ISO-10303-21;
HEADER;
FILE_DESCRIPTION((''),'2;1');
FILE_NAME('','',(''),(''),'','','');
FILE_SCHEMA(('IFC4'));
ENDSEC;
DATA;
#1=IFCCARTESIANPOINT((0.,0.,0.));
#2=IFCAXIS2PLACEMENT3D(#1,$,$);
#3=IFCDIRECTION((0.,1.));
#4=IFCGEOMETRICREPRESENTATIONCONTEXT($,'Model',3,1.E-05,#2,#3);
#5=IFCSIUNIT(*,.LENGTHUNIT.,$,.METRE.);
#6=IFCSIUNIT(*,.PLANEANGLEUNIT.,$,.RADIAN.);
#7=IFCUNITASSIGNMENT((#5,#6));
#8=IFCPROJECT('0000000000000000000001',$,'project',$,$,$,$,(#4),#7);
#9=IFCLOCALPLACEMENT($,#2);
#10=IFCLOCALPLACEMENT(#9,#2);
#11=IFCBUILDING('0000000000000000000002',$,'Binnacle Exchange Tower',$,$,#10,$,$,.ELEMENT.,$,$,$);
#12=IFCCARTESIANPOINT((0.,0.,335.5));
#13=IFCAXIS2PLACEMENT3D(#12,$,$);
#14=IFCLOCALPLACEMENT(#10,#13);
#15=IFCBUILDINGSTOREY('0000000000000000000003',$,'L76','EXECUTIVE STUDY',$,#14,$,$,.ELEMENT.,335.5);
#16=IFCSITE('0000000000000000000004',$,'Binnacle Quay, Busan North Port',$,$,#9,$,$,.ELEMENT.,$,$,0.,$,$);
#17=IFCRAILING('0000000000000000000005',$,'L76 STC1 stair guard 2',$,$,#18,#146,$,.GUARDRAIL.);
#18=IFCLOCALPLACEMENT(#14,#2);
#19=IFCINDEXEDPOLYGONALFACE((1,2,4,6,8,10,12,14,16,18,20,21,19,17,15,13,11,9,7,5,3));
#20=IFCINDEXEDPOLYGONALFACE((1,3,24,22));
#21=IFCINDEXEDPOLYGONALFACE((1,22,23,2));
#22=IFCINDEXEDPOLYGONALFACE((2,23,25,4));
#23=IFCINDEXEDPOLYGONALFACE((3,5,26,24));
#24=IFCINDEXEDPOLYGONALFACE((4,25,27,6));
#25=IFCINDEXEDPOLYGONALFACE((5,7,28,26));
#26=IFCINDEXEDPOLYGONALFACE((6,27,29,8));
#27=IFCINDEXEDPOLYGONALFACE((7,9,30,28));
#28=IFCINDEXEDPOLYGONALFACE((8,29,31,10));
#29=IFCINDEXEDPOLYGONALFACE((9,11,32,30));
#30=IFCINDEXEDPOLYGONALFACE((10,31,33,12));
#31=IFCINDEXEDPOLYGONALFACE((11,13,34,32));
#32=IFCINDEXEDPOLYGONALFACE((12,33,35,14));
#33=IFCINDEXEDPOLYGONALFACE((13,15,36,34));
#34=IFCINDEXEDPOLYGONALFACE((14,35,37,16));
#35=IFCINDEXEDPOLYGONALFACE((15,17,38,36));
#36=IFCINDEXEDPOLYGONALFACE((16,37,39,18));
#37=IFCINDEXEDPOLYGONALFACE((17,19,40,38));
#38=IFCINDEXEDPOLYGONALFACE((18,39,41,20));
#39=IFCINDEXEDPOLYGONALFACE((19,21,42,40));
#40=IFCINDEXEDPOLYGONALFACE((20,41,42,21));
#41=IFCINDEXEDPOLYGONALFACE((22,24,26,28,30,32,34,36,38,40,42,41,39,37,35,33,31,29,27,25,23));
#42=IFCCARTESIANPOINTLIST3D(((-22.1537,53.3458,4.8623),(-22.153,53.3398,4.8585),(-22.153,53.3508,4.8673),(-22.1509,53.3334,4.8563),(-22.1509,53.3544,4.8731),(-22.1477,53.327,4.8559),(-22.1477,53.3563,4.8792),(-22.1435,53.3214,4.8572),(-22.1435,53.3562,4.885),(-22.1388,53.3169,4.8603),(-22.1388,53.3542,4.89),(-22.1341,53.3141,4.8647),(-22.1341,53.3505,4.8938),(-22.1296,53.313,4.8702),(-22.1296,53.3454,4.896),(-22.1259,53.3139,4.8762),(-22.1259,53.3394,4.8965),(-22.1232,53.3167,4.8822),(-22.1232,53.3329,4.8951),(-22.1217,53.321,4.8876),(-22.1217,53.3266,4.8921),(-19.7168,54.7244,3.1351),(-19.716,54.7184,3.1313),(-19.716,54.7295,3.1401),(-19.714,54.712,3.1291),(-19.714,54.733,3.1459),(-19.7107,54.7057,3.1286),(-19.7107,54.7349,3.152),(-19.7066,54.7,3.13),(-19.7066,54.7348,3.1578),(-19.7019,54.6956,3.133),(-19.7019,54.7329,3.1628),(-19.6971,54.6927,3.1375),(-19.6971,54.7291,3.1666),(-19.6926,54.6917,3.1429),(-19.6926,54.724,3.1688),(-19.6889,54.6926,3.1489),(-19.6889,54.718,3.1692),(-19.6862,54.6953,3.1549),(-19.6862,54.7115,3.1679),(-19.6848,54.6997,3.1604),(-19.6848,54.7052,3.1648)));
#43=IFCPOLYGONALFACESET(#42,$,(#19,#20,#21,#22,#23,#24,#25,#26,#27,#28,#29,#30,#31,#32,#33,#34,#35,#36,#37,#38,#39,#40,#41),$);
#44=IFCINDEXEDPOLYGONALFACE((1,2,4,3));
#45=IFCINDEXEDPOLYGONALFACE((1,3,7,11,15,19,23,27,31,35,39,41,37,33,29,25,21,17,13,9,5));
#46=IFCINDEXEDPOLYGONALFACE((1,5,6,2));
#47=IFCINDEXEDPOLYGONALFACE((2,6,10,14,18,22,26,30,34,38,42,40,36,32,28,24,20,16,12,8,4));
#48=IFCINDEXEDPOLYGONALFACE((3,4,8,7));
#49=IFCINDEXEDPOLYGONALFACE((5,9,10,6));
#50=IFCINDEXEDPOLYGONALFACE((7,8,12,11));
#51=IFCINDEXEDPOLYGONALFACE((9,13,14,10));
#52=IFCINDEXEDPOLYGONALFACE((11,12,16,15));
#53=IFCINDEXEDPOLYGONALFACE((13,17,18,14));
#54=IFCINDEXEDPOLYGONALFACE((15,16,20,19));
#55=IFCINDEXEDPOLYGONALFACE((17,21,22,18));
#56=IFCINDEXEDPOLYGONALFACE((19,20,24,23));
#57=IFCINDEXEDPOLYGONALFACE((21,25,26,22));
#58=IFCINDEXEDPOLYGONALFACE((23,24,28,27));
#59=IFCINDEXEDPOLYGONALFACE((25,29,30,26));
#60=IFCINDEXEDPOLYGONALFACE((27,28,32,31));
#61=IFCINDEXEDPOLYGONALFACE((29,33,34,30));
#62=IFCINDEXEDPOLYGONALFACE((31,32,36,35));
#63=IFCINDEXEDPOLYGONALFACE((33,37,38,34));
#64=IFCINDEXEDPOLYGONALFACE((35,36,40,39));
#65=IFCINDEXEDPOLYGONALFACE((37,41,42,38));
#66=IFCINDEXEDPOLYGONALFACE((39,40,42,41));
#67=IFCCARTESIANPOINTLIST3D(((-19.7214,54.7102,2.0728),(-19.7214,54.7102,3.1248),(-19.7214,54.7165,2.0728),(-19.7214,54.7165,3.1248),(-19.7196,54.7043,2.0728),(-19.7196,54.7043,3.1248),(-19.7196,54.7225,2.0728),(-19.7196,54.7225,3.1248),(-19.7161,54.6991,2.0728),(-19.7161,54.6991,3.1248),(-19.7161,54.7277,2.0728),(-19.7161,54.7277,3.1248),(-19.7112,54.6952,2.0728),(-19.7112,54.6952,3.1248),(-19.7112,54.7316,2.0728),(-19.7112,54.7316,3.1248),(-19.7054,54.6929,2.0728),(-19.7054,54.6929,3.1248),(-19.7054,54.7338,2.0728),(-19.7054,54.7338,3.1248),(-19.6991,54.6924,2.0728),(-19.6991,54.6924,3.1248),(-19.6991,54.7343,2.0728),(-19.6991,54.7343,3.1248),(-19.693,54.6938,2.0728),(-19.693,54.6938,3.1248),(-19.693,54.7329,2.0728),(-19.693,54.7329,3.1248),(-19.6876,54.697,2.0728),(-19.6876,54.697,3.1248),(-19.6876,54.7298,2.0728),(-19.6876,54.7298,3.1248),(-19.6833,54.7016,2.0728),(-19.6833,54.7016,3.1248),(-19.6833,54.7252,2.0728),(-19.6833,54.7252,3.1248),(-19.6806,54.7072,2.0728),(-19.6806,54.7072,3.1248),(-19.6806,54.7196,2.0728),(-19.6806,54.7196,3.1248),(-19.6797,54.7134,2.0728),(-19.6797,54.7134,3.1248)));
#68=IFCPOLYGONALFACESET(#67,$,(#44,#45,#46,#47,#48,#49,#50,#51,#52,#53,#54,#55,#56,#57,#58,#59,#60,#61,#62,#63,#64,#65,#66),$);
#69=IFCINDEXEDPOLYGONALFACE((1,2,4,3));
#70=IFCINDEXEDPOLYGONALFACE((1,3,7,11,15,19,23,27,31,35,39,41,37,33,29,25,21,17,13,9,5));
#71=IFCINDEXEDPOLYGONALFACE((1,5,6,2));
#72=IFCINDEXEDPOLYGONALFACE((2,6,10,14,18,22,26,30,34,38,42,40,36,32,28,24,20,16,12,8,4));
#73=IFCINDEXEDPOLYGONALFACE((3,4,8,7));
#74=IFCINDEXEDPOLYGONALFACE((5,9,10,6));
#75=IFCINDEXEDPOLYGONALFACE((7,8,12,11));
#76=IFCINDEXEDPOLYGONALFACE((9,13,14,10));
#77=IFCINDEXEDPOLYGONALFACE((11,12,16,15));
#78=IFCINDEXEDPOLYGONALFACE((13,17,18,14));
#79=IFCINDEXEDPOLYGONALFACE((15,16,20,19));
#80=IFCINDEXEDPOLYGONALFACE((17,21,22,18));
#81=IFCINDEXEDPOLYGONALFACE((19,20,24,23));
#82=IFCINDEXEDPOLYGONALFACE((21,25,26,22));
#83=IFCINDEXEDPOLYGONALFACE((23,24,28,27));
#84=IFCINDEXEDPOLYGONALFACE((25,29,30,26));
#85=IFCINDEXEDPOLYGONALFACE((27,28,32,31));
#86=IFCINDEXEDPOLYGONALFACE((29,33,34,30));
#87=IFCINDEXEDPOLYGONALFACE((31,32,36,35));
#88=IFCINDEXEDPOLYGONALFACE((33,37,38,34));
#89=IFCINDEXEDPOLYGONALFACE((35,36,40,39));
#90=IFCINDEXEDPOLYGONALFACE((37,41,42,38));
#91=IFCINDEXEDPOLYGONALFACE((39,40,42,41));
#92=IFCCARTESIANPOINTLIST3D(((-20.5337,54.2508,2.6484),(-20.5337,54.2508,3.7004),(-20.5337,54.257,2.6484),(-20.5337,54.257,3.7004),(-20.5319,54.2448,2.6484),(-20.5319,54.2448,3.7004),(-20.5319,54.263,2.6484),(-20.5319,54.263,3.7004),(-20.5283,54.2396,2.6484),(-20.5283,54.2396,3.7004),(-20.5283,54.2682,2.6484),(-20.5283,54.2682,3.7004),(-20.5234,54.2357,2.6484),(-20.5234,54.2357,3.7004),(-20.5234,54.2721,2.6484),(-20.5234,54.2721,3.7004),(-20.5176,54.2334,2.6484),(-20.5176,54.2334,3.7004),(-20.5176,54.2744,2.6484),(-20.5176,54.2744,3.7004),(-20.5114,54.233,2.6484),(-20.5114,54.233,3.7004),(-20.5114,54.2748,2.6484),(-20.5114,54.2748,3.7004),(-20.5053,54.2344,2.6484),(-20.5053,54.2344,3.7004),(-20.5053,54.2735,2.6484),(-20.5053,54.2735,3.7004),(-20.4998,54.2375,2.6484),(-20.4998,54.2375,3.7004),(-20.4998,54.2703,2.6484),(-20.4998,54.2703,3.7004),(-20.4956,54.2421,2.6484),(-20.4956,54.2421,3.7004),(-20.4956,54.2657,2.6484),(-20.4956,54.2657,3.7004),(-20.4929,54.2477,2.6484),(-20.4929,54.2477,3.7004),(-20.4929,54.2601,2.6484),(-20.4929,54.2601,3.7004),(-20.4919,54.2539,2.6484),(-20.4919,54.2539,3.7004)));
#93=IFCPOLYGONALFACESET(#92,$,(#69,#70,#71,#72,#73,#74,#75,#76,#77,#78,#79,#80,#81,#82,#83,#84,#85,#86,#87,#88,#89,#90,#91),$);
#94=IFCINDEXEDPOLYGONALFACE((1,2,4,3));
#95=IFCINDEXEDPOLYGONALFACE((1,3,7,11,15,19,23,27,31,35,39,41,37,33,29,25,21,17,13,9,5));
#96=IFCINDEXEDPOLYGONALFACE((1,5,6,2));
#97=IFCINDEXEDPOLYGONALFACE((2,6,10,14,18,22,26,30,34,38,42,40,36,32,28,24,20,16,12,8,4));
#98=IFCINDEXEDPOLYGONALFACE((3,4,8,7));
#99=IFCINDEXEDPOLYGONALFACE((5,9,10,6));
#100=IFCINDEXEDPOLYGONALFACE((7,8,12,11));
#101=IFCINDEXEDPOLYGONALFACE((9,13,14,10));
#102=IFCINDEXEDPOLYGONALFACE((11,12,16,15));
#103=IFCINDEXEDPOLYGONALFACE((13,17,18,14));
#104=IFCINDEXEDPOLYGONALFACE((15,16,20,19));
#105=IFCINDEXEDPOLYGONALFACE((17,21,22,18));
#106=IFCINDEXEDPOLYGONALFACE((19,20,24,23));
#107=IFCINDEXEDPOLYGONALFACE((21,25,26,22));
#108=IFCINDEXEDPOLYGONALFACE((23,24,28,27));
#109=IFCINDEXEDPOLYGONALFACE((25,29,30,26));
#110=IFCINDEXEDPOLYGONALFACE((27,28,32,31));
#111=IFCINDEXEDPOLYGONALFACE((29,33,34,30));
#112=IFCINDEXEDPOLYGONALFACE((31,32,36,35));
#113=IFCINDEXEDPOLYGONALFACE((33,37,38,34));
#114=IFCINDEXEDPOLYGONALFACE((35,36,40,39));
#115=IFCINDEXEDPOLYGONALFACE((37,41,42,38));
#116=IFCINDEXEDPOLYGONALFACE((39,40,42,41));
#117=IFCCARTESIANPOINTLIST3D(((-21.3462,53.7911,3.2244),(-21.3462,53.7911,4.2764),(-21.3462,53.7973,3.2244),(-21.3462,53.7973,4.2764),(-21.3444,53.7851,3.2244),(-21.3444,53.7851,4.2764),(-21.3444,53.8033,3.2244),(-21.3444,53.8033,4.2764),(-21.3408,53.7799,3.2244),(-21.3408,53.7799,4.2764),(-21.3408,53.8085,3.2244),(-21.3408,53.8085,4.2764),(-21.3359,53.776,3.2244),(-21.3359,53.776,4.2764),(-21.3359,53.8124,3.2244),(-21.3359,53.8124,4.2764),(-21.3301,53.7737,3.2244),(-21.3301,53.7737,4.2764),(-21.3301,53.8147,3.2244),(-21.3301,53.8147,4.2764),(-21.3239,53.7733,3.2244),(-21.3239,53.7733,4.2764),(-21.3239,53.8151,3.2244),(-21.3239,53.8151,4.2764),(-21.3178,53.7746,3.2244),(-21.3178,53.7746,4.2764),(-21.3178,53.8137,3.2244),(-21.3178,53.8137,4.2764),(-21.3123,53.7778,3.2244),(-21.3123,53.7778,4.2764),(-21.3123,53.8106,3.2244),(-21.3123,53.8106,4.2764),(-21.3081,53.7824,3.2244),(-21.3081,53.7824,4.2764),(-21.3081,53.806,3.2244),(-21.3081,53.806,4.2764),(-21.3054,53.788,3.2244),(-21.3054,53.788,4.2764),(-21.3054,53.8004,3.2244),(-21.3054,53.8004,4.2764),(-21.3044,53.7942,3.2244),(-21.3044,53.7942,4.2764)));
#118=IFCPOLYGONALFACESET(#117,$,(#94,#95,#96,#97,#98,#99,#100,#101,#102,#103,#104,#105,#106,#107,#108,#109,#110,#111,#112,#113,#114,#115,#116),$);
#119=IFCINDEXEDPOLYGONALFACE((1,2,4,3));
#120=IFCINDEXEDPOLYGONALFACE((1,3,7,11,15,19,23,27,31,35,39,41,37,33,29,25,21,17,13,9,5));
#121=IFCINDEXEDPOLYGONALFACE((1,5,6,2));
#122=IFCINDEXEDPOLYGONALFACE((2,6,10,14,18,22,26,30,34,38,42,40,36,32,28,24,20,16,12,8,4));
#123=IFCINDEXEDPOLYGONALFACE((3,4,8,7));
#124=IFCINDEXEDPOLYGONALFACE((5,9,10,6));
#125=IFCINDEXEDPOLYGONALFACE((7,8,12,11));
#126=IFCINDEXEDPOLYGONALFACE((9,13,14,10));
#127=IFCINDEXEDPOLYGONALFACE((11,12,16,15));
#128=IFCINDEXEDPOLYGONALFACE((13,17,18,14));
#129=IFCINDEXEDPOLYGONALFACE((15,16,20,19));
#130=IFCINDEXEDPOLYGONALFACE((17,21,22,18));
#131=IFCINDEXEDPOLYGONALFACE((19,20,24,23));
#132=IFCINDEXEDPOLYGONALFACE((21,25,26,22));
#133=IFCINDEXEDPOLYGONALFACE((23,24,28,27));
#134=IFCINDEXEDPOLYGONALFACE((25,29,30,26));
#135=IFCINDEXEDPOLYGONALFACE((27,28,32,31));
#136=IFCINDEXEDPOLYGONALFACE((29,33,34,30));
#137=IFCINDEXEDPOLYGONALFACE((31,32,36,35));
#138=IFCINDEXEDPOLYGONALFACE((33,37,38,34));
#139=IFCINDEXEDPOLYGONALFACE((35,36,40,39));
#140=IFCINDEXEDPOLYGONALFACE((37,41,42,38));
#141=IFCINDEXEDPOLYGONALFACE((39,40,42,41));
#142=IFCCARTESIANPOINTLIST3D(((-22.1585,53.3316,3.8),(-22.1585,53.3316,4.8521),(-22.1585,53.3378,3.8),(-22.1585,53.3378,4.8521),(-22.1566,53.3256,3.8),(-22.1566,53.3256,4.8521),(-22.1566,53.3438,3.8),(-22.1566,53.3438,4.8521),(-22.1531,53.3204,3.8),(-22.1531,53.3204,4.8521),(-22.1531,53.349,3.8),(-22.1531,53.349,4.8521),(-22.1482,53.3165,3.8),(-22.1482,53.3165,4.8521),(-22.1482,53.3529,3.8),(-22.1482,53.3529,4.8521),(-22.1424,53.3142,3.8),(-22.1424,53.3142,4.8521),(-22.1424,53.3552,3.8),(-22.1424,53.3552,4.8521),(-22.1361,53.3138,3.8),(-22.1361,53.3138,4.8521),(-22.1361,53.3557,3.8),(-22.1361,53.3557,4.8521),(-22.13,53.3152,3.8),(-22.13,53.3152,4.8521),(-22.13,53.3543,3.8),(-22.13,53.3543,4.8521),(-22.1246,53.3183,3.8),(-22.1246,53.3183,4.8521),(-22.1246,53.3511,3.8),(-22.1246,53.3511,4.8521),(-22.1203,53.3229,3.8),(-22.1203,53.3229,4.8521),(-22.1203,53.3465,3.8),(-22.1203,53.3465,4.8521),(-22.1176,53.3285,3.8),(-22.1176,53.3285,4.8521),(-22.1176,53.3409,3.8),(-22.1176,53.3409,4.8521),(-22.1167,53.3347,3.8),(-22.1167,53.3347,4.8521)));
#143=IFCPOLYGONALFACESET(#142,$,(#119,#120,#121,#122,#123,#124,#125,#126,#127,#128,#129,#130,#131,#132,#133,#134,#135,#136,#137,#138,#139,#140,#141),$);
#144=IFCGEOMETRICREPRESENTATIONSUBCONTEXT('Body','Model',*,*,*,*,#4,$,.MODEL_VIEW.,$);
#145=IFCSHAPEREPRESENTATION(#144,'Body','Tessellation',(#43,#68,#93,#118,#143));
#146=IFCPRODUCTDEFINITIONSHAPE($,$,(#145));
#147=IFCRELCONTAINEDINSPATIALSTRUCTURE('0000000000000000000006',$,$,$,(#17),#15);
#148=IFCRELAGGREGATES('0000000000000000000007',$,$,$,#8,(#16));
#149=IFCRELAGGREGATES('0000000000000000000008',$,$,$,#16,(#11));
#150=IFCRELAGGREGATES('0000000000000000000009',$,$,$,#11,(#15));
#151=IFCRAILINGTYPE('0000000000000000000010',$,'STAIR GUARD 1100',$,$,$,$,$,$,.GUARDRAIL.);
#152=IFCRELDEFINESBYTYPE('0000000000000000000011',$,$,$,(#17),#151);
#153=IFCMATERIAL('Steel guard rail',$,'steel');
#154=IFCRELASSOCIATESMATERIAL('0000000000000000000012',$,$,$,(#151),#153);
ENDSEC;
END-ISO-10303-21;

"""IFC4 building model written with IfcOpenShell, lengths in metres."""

from ifc_helpers import new_model, si_unit, direction, frame, origin, origin_2d, place, context, subcontext, project, spatial, circle, extrude, material, type_object, element, save


model = new_model("IFC4")

# Units and contexts
model_context = context("Model", 3, precision=1e-05, world=origin(), true_north=direction((0.0, 1.0)))
body_context = subcontext(model_context, "Body", "Model", "MODEL_VIEW")
ifc_project = project(units=[si_unit("LENGTHUNIT", "METRE"), si_unit("PLANEANGLEUNIT", "RADIAN")], contexts=[model_context])

# Site, building, storey
site_placement = place(None, origin())
site = spatial("IfcSite", under=ifc_project, at=site_placement, Name="Binnacle Quay, Busan North Port", CompositionType="ELEMENT", RefElevation=0.0)
building_placement = place(site_placement, origin())
building = spatial("IfcBuilding", under=site, at=building_placement, Name="Binnacle Exchange Tower", CompositionType="ELEMENT")
storey_placement = place(building_placement, frame((0.0, 0.0, 335.5)))
storey = spatial("IfcBuildingStorey", under=building, at=storey_placement, Name="L76", Description="EXECUTIVE STUDY", CompositionType="ELEMENT", Elevation=335.5)

# Railing
ifc_material_1 = material(Name="Steel guard rail", Category="steel")
railing_type = type_object("IfcRailingType", Name="STAIR GUARD 1100", PredefinedType="GUARDRAIL", material=ifc_material_1)
railing_placement = place(storey_placement, frame((-19.7007, 54.7134, 2.0728)))
element("IfcRailing", 1, at=railing_placement, inside=storey, type_object=railing_type, Name="L76 STC1 stair guard 2", PredefinedType="GUARDRAIL", context=body_context, shape_type="SweptSolid", body=[
    extrude(circle(Radius=0.0239, at=origin_2d()), frame((0.0, 0.0, 1.0762), z_axis=(-0.740761, -0.419062, 0.525033), x_axis=(0.492388, -0.870376, 0.0)), (0.0, 0.0, 1.0), 3.2898),
    extrude(circle(Radius=0.021, at=origin_2d()), origin(), (0.0, 0.0, 1.0), 1.052),
    extrude(circle(Radius=0.021, at=origin_2d()), frame((-0.8123, -0.4595, 0.5757)), (0.0, 0.0, 1.0), 1.052),
    extrude(circle(Radius=0.021, at=origin_2d()), frame((-1.6248, -0.9192, 1.1516)), (0.0, 0.0, 1.0), 1.052),
    extrude(circle(Radius=0.021, at=origin_2d()), frame((-2.437, -1.3787, 1.7273)), (0.0, 0.0, 1.0), 1.052),
])

save(model, "model.ifc")
